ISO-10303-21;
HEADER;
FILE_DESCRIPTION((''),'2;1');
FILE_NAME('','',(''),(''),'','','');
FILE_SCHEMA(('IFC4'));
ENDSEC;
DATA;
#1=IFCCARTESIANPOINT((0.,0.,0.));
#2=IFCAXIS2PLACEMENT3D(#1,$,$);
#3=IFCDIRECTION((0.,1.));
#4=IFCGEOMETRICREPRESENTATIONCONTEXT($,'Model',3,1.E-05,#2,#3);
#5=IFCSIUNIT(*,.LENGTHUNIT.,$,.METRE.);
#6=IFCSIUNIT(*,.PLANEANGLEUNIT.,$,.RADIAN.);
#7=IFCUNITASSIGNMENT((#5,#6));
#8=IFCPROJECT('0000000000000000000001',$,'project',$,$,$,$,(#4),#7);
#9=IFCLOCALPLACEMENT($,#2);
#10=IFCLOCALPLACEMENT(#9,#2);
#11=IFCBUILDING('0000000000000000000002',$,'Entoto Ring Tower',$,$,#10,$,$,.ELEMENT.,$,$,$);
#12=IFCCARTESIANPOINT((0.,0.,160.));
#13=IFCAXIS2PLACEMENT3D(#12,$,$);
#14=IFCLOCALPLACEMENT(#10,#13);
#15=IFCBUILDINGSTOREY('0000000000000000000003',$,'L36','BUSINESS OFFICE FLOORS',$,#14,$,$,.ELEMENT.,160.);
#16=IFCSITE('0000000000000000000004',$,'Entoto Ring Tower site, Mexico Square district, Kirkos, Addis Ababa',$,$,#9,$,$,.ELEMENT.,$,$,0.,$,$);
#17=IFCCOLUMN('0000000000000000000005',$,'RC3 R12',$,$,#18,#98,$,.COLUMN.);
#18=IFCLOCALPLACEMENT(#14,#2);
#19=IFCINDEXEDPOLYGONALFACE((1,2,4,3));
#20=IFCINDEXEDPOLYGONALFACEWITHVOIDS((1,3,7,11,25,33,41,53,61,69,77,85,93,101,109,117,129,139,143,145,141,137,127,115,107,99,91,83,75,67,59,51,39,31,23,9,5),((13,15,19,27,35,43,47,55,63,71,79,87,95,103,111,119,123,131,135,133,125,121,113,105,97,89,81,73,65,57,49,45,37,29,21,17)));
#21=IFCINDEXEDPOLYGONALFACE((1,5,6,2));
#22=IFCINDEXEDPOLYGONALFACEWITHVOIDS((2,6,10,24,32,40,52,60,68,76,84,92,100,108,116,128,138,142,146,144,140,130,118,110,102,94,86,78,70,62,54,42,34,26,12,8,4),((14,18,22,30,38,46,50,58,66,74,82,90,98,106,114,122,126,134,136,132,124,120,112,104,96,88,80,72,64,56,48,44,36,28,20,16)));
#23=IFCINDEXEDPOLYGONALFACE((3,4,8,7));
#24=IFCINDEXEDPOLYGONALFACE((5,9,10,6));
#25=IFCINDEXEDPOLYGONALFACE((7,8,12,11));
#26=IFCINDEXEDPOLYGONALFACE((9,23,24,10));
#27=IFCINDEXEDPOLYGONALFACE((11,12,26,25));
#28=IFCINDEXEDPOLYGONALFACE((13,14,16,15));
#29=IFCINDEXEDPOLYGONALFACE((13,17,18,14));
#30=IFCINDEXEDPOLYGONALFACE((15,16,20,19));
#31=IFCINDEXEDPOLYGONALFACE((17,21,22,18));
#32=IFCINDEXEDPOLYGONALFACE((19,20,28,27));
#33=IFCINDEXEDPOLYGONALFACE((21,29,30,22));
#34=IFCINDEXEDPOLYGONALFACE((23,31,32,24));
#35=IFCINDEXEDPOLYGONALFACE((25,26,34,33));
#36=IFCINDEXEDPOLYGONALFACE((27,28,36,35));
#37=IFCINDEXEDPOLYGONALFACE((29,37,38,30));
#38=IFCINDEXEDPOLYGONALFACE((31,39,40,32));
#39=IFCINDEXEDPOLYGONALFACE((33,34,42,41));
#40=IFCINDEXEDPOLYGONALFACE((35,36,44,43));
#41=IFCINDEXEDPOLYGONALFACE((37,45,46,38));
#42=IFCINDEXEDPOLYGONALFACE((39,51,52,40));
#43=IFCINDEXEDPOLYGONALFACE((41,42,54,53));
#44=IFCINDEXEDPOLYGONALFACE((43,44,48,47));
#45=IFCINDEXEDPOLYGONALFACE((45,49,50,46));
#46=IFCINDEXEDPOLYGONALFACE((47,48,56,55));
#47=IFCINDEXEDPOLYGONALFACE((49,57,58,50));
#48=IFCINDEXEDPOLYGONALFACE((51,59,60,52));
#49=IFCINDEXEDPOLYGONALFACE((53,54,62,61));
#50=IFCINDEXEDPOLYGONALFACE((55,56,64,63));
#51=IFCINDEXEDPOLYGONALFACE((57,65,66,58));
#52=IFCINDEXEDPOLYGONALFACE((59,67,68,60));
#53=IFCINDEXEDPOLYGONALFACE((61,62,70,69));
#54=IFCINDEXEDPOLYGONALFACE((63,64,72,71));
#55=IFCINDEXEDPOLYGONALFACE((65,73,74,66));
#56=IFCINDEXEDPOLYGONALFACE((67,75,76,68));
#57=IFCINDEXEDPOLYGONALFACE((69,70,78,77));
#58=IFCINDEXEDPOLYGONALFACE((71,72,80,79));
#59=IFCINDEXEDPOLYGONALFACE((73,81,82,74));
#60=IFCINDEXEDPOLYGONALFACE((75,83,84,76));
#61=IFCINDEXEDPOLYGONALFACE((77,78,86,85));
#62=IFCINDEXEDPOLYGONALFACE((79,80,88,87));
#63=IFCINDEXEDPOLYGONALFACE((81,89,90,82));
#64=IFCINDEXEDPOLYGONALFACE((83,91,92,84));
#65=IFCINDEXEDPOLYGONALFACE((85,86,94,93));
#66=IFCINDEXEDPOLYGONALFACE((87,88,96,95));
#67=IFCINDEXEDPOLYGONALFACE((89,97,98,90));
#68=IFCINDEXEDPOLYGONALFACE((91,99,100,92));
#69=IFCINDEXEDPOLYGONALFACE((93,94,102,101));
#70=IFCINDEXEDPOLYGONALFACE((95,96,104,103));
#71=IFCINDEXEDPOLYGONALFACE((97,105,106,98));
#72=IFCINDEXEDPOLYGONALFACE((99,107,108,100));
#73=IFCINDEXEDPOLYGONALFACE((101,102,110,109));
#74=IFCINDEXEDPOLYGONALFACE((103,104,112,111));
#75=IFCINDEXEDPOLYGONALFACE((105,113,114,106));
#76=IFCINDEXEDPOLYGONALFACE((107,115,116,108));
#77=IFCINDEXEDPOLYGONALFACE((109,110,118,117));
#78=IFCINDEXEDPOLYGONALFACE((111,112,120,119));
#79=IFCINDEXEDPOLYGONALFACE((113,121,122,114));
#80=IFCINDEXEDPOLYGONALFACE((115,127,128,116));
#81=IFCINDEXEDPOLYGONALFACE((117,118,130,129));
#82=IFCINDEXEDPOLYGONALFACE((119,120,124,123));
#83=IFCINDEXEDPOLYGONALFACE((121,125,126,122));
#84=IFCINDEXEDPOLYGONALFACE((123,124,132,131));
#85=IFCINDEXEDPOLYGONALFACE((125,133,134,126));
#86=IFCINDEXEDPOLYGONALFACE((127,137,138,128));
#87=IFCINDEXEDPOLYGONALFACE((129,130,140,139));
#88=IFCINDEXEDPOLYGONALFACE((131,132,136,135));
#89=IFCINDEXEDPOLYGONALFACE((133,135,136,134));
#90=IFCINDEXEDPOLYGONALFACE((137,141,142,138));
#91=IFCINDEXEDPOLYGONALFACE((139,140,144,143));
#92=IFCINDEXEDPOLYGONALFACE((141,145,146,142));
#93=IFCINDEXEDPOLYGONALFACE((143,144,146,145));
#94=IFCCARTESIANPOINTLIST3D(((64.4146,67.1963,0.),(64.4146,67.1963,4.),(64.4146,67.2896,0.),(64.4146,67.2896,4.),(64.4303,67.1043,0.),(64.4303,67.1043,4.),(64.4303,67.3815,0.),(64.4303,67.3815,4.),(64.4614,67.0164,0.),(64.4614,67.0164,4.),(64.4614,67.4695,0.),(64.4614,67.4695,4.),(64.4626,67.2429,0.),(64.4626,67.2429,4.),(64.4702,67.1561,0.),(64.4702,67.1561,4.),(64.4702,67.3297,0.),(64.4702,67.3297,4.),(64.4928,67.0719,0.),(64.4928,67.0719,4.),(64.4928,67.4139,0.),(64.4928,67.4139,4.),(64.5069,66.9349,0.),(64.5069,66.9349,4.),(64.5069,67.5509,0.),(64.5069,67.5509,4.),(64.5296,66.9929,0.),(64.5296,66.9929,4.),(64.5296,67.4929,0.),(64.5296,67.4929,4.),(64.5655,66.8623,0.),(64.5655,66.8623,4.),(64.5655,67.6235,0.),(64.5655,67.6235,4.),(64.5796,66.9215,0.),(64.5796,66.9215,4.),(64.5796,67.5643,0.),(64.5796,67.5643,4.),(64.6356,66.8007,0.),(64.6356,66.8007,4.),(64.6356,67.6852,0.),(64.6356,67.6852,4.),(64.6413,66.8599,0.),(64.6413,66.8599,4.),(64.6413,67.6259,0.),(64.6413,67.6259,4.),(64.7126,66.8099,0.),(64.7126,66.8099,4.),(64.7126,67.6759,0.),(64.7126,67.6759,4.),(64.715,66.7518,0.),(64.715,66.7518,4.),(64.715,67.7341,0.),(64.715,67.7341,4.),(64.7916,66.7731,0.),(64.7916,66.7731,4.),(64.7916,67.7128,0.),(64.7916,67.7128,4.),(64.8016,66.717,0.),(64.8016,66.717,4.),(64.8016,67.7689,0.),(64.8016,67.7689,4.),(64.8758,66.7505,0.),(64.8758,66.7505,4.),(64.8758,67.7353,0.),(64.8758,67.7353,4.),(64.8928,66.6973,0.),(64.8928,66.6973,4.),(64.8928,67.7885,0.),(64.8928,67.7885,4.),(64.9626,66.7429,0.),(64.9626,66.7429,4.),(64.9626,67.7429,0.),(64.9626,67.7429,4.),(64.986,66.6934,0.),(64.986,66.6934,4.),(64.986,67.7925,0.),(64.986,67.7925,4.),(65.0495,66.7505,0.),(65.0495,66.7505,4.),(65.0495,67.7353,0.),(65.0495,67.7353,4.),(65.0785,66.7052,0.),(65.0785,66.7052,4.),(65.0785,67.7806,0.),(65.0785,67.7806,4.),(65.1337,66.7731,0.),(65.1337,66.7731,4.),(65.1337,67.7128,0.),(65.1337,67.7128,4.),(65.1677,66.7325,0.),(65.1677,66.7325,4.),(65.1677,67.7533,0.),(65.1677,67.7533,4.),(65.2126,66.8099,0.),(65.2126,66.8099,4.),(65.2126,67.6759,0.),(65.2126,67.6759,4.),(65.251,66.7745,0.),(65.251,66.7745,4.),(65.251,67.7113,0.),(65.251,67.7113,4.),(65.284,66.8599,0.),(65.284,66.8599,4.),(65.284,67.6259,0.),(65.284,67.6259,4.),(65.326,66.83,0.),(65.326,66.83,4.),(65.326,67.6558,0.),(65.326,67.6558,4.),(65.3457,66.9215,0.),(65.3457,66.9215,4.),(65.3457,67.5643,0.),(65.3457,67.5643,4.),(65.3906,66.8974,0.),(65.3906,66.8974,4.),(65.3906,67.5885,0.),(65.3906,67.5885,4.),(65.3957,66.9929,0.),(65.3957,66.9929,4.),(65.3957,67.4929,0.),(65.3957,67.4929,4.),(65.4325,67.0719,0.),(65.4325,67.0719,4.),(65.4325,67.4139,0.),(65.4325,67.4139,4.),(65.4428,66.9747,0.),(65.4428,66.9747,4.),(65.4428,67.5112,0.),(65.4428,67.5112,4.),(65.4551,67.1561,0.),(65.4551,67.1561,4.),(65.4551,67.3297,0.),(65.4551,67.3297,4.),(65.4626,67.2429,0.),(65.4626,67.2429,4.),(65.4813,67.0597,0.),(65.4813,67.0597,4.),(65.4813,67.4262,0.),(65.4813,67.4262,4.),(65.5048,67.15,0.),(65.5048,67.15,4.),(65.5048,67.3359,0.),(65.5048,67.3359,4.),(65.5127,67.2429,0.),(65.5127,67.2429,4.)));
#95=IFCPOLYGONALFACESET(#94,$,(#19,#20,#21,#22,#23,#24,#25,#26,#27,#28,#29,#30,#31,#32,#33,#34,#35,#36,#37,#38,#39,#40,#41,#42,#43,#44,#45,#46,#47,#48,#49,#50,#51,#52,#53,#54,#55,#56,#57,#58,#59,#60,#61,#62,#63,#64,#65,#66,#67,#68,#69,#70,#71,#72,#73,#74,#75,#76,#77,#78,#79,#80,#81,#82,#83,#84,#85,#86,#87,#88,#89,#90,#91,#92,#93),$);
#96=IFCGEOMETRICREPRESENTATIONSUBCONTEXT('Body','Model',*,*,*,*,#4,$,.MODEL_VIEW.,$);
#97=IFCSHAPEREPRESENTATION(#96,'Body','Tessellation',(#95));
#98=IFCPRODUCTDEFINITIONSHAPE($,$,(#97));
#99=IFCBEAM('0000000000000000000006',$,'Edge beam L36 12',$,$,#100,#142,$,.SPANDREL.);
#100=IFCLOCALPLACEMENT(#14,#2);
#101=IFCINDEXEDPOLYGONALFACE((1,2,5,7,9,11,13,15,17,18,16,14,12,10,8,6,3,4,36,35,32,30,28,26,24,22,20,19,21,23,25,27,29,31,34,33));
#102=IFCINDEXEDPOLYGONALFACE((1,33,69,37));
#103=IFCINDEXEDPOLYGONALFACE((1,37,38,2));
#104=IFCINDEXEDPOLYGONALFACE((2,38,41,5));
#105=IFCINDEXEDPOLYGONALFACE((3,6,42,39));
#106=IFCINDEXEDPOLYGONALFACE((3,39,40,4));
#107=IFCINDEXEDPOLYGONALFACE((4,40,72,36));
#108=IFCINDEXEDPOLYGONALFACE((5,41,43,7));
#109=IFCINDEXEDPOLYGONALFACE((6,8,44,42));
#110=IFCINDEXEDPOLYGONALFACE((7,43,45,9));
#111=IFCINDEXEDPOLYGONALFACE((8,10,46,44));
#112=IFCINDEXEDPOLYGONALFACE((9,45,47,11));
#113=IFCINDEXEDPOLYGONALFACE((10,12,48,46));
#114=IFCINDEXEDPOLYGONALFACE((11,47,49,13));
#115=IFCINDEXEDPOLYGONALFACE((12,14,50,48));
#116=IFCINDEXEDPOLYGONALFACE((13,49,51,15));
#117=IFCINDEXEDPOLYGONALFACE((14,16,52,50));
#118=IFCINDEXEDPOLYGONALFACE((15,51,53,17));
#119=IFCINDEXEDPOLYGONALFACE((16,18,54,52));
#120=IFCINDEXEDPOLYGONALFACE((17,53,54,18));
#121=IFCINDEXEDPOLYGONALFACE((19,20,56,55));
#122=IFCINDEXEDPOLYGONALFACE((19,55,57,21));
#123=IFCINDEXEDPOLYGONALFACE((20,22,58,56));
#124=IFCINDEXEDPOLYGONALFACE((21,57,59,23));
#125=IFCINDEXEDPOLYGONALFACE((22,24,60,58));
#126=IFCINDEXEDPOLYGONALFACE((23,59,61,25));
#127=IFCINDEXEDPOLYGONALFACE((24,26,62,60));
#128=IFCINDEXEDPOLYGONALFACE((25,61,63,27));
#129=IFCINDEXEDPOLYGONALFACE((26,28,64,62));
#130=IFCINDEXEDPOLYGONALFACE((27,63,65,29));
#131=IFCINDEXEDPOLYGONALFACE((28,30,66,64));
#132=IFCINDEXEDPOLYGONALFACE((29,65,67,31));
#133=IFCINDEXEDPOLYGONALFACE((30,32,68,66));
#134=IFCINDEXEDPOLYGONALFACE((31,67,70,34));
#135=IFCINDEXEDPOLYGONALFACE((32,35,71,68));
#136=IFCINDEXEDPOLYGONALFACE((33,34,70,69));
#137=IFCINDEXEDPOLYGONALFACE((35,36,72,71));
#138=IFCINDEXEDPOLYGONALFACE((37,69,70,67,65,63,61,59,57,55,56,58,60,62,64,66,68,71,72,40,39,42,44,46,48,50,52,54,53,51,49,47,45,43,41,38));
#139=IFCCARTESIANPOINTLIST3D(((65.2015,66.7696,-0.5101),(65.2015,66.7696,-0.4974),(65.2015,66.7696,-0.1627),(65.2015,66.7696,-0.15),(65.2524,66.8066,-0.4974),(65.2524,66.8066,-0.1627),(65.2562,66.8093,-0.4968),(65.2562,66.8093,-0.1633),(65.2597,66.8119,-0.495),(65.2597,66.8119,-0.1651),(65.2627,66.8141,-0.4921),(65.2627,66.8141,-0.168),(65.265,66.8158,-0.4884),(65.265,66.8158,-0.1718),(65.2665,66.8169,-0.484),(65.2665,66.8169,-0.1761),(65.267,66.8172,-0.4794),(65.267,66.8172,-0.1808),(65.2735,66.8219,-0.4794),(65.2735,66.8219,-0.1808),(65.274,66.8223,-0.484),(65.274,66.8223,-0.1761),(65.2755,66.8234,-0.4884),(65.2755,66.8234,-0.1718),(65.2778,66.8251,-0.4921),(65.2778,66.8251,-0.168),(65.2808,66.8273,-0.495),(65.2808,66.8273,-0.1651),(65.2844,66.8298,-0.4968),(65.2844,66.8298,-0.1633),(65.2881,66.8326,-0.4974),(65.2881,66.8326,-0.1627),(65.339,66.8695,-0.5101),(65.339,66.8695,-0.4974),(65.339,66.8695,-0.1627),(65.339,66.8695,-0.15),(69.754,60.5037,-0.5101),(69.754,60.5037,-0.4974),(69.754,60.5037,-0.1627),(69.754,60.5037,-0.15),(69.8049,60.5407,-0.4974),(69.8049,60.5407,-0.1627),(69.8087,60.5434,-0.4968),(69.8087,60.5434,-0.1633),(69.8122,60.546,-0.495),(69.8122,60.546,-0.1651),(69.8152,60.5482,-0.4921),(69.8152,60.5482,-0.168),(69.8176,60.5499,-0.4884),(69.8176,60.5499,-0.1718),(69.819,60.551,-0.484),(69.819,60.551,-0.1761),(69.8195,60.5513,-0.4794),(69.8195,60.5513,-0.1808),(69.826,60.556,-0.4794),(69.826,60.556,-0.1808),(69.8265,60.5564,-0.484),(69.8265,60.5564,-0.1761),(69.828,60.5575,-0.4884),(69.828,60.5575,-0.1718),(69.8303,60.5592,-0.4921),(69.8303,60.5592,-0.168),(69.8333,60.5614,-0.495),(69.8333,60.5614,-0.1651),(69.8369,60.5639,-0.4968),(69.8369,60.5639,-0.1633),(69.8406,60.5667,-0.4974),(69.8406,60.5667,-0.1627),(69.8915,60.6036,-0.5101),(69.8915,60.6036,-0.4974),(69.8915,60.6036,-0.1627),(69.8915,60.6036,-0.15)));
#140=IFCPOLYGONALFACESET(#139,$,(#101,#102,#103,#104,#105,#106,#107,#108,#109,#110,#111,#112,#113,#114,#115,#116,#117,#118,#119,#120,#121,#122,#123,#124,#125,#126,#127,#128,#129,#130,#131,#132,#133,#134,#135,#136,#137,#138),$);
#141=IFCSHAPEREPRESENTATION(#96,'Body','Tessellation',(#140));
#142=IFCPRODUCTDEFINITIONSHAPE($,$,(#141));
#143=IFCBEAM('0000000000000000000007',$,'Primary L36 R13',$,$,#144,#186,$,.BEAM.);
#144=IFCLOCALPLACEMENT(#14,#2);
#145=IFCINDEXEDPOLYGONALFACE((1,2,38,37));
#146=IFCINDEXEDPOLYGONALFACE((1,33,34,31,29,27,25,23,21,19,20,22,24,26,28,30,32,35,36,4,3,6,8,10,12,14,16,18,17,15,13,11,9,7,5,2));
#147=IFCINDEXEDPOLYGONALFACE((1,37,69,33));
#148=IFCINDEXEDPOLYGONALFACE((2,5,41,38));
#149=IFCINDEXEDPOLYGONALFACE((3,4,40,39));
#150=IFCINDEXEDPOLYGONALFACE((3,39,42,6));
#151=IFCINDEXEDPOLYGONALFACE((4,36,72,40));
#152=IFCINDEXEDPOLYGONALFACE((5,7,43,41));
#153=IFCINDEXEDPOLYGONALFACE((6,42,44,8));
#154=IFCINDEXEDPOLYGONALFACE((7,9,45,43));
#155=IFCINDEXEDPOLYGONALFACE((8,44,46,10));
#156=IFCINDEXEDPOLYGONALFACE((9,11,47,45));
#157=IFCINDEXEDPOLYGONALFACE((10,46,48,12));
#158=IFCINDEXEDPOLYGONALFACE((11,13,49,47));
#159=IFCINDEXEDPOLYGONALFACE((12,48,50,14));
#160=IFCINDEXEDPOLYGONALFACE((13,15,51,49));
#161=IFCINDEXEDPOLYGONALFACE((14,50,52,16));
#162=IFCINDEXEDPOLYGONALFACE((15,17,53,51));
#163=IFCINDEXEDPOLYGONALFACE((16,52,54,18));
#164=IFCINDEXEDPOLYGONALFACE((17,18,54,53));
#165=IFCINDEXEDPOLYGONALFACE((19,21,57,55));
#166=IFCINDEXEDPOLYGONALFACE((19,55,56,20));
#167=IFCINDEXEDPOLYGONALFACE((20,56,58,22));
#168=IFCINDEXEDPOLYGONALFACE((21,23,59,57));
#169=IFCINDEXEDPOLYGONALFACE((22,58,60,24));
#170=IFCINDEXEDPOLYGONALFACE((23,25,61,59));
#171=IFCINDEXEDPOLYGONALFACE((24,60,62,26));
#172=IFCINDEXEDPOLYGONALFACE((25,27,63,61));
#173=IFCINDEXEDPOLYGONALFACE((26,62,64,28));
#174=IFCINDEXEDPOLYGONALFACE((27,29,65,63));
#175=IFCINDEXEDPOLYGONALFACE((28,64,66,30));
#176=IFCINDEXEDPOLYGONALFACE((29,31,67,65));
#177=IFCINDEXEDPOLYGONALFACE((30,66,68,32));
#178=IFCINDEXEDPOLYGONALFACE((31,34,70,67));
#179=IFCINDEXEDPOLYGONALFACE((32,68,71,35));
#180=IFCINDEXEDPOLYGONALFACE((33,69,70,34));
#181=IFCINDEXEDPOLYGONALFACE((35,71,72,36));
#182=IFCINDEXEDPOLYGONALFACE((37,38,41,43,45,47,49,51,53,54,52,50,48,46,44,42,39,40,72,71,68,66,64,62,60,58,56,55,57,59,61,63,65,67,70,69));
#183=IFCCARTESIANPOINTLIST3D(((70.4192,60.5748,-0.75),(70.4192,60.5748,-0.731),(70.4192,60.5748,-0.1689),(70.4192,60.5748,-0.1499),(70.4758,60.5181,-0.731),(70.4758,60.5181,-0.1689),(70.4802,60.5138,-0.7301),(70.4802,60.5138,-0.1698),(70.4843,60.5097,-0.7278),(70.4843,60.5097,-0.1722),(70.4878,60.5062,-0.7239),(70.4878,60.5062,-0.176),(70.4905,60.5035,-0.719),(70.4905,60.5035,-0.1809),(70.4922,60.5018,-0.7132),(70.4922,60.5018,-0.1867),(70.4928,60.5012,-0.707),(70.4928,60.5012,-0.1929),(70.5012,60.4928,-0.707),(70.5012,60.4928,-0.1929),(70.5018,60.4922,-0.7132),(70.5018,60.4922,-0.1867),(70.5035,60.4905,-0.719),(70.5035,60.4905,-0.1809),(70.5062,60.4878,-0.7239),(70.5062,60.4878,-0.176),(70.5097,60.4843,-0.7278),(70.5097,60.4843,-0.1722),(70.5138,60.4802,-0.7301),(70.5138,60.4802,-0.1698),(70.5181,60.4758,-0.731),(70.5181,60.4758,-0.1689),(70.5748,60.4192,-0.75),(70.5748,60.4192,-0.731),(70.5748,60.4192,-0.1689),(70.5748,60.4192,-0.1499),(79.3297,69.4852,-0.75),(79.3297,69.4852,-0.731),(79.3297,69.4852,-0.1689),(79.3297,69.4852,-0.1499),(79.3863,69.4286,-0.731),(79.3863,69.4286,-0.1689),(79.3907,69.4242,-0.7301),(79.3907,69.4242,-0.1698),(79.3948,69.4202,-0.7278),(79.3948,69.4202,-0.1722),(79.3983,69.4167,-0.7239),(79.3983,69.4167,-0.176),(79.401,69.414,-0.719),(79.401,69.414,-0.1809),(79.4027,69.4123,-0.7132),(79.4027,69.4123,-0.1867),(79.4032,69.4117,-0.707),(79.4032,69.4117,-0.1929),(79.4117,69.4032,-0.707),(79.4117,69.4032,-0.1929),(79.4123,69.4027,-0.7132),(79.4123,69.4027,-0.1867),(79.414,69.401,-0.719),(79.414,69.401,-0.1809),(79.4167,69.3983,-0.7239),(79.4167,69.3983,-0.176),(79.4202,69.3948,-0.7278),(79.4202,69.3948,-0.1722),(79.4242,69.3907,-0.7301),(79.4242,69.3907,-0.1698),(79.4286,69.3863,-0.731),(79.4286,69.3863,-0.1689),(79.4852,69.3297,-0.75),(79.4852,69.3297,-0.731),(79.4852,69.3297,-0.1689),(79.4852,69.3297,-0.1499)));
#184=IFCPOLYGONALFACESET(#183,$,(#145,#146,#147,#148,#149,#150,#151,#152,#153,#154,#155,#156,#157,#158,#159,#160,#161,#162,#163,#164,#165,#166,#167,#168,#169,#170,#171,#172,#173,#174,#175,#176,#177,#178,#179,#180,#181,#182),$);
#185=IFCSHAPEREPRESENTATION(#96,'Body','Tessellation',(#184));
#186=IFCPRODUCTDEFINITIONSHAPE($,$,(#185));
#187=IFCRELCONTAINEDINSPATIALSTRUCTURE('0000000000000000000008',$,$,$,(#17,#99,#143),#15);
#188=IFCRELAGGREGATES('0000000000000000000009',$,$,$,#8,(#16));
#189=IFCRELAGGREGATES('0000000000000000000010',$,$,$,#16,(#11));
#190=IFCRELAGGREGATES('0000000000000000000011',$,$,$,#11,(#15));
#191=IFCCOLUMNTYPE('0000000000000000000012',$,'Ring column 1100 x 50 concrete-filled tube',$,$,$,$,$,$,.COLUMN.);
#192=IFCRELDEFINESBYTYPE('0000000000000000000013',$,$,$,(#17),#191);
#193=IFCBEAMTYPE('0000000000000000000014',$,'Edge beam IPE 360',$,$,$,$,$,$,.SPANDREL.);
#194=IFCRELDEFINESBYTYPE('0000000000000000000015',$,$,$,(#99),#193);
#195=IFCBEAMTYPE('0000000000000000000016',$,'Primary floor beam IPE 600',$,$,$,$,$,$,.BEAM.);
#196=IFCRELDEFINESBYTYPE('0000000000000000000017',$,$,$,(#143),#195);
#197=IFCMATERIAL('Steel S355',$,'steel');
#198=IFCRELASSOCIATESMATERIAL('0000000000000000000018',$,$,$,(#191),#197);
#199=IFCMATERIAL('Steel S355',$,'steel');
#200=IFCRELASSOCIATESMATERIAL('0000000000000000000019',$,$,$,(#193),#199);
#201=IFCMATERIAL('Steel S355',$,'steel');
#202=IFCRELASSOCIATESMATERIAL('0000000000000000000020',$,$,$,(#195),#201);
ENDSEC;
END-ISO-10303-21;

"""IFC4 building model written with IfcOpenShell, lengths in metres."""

from ifc_helpers import new_model, si_unit, direction, frame, origin, origin_2d, place, context, subcontext, project, spatial, circle, hollow_circle, i_section, extrude, material, material_profile, profile_set, type_object, element, save


model = new_model("IFC4")

# Units and contexts
model_context = context("Model", 3, precision=1e-05, world=origin(), true_north=direction((0.0, 1.0)))
body_context = subcontext(model_context, "Body", "Model", "MODEL_VIEW")
ifc_project = project(units=[si_unit("LENGTHUNIT", "METRE"), si_unit("PLANEANGLEUNIT", "RADIAN")], contexts=[model_context])

# Site, building, storey
site_placement = place(None, origin())
site = spatial("IfcSite", under=ifc_project, at=site_placement, Name="Entoto Ring Tower site, Mexico Square district, Kirkos, Addis Ababa", CompositionType="ELEMENT", RefElevation=0.0)
building_placement = place(site_placement, origin())
building = spatial("IfcBuilding", under=site, at=building_placement, Name="Entoto Ring Tower", CompositionType="ELEMENT")
storey_placement = place(building_placement, frame((0.0, 0.0, 160.0)))
storey = spatial("IfcBuildingStorey", under=building, at=storey_placement, Name="L36", Description="BUSINESS OFFICE FLOORS", CompositionType="ELEMENT", Elevation=160.0)

# Column
ifc_material_1 = material(Name="Steel S355", Category="steel")
ifc_material_profile_1 = material_profile(ifc_material_1, hollow_circle(Radius=0.55, WallThickness=0.05, at=origin_2d()), Name="CHS 1100 x 50")
ifc_material_2 = material(Name="Concrete C60/75", Category="concrete")
ifc_material_profile_2 = material_profile(ifc_material_2, circle(Radius=0.5, at=origin_2d()), Name="Concrete C60/75 infill")
ifc_profile_set_1 = profile_set([ifc_material_profile_1, ifc_material_profile_2], Name="Steel S355")
column_type = type_object("IfcColumnType", Name="Ring column 1100 x 50 concrete-filled tube", PredefinedType="COLUMN", material=ifc_profile_set_1)
column_placement = place(storey_placement, frame((64.9626, 67.2429, 0.0), z_axis=(0.0, 0.0, 1.0), x_axis=(1.0, 0.0, 0.0)))
element("IfcColumn", 1, at=column_placement, inside=storey, type_object=column_type, Name="RC3 R12", PredefinedType="COLUMN", context=body_context, shape_type="SweptSolid", body=[
    extrude(hollow_circle(Radius=0.55, WallThickness=0.05, at=origin_2d()), origin(), (0.0, 0.0, 1.0), 4.0),
])

# Beams
ifc_material_3 = material(Name="Steel S355", Category="steel")
ifc_material_profile_3 = material_profile(ifc_material_3, i_section(OverallWidth=0.1699, OverallDepth=0.3601, WebThickness=0.0081, FlangeThickness=0.0127, FilletRadius=0.0181, at=origin_2d()), Name="IPE 360")
ifc_profile_set_2 = profile_set([ifc_material_profile_3], Name="Steel S355")
beam_type_1 = type_object("IfcBeamType", Name="Edge beam IPE 360", PredefinedType="SPANDREL", material=ifc_profile_set_2)
beam_1_placement = place(storey_placement, frame((65.2703, 66.8196, -0.3301), z_axis=(0.587791, -0.809013, 0.0), x_axis=(0.809013, 0.587791, 0.0)))
element("IfcBeam", 2, at=beam_1_placement, inside=storey, type_object=beam_type_1, Name="Edge beam L36 12", PredefinedType="SPANDREL", context=body_context, shape_type="SweptSolid", body=[
    extrude(i_section(OverallWidth=0.1699, OverallDepth=0.3601, WebThickness=0.0081, FlangeThickness=0.0127, FilletRadius=0.0181, at=origin_2d()), origin(), (0.0, 0.0, 1.0), 7.7451),
])
ifc_material_4 = material(Name="Steel S355", Category="steel")
ifc_material_profile_4 = material_profile(ifc_material_4, i_section(OverallWidth=0.22, OverallDepth=0.6001, WebThickness=0.012, FlangeThickness=0.019, FilletRadius=0.0239, at=origin_2d()), Name="IPE 600")
ifc_profile_set_3 = profile_set([ifc_material_profile_4], Name="Steel S355")
beam_type_2 = type_object("IfcBeamType", Name="Primary floor beam IPE 600", PredefinedType="BEAM", material=ifc_profile_set_3)
beam_2_placement = place(storey_placement, frame((79.4075, 69.4075, -0.45), z_axis=(-0.707107, -0.707107, 0.0), x_axis=(0.707107, -0.707107, 0.0)))
element("IfcBeam", 3, at=beam_2_placement, inside=storey, type_object=beam_type_2, Name="Primary L36 R13", PredefinedType="BEAM", context=body_context, shape_type="SweptSolid", body=[
    extrude(i_section(OverallWidth=0.22, OverallDepth=0.6001, WebThickness=0.012, FlangeThickness=0.019, FilletRadius=0.0239, at=origin_2d()), origin(), (0.0, 0.0, 1.0), 12.6013),
])

save(model, "model.ifc")
